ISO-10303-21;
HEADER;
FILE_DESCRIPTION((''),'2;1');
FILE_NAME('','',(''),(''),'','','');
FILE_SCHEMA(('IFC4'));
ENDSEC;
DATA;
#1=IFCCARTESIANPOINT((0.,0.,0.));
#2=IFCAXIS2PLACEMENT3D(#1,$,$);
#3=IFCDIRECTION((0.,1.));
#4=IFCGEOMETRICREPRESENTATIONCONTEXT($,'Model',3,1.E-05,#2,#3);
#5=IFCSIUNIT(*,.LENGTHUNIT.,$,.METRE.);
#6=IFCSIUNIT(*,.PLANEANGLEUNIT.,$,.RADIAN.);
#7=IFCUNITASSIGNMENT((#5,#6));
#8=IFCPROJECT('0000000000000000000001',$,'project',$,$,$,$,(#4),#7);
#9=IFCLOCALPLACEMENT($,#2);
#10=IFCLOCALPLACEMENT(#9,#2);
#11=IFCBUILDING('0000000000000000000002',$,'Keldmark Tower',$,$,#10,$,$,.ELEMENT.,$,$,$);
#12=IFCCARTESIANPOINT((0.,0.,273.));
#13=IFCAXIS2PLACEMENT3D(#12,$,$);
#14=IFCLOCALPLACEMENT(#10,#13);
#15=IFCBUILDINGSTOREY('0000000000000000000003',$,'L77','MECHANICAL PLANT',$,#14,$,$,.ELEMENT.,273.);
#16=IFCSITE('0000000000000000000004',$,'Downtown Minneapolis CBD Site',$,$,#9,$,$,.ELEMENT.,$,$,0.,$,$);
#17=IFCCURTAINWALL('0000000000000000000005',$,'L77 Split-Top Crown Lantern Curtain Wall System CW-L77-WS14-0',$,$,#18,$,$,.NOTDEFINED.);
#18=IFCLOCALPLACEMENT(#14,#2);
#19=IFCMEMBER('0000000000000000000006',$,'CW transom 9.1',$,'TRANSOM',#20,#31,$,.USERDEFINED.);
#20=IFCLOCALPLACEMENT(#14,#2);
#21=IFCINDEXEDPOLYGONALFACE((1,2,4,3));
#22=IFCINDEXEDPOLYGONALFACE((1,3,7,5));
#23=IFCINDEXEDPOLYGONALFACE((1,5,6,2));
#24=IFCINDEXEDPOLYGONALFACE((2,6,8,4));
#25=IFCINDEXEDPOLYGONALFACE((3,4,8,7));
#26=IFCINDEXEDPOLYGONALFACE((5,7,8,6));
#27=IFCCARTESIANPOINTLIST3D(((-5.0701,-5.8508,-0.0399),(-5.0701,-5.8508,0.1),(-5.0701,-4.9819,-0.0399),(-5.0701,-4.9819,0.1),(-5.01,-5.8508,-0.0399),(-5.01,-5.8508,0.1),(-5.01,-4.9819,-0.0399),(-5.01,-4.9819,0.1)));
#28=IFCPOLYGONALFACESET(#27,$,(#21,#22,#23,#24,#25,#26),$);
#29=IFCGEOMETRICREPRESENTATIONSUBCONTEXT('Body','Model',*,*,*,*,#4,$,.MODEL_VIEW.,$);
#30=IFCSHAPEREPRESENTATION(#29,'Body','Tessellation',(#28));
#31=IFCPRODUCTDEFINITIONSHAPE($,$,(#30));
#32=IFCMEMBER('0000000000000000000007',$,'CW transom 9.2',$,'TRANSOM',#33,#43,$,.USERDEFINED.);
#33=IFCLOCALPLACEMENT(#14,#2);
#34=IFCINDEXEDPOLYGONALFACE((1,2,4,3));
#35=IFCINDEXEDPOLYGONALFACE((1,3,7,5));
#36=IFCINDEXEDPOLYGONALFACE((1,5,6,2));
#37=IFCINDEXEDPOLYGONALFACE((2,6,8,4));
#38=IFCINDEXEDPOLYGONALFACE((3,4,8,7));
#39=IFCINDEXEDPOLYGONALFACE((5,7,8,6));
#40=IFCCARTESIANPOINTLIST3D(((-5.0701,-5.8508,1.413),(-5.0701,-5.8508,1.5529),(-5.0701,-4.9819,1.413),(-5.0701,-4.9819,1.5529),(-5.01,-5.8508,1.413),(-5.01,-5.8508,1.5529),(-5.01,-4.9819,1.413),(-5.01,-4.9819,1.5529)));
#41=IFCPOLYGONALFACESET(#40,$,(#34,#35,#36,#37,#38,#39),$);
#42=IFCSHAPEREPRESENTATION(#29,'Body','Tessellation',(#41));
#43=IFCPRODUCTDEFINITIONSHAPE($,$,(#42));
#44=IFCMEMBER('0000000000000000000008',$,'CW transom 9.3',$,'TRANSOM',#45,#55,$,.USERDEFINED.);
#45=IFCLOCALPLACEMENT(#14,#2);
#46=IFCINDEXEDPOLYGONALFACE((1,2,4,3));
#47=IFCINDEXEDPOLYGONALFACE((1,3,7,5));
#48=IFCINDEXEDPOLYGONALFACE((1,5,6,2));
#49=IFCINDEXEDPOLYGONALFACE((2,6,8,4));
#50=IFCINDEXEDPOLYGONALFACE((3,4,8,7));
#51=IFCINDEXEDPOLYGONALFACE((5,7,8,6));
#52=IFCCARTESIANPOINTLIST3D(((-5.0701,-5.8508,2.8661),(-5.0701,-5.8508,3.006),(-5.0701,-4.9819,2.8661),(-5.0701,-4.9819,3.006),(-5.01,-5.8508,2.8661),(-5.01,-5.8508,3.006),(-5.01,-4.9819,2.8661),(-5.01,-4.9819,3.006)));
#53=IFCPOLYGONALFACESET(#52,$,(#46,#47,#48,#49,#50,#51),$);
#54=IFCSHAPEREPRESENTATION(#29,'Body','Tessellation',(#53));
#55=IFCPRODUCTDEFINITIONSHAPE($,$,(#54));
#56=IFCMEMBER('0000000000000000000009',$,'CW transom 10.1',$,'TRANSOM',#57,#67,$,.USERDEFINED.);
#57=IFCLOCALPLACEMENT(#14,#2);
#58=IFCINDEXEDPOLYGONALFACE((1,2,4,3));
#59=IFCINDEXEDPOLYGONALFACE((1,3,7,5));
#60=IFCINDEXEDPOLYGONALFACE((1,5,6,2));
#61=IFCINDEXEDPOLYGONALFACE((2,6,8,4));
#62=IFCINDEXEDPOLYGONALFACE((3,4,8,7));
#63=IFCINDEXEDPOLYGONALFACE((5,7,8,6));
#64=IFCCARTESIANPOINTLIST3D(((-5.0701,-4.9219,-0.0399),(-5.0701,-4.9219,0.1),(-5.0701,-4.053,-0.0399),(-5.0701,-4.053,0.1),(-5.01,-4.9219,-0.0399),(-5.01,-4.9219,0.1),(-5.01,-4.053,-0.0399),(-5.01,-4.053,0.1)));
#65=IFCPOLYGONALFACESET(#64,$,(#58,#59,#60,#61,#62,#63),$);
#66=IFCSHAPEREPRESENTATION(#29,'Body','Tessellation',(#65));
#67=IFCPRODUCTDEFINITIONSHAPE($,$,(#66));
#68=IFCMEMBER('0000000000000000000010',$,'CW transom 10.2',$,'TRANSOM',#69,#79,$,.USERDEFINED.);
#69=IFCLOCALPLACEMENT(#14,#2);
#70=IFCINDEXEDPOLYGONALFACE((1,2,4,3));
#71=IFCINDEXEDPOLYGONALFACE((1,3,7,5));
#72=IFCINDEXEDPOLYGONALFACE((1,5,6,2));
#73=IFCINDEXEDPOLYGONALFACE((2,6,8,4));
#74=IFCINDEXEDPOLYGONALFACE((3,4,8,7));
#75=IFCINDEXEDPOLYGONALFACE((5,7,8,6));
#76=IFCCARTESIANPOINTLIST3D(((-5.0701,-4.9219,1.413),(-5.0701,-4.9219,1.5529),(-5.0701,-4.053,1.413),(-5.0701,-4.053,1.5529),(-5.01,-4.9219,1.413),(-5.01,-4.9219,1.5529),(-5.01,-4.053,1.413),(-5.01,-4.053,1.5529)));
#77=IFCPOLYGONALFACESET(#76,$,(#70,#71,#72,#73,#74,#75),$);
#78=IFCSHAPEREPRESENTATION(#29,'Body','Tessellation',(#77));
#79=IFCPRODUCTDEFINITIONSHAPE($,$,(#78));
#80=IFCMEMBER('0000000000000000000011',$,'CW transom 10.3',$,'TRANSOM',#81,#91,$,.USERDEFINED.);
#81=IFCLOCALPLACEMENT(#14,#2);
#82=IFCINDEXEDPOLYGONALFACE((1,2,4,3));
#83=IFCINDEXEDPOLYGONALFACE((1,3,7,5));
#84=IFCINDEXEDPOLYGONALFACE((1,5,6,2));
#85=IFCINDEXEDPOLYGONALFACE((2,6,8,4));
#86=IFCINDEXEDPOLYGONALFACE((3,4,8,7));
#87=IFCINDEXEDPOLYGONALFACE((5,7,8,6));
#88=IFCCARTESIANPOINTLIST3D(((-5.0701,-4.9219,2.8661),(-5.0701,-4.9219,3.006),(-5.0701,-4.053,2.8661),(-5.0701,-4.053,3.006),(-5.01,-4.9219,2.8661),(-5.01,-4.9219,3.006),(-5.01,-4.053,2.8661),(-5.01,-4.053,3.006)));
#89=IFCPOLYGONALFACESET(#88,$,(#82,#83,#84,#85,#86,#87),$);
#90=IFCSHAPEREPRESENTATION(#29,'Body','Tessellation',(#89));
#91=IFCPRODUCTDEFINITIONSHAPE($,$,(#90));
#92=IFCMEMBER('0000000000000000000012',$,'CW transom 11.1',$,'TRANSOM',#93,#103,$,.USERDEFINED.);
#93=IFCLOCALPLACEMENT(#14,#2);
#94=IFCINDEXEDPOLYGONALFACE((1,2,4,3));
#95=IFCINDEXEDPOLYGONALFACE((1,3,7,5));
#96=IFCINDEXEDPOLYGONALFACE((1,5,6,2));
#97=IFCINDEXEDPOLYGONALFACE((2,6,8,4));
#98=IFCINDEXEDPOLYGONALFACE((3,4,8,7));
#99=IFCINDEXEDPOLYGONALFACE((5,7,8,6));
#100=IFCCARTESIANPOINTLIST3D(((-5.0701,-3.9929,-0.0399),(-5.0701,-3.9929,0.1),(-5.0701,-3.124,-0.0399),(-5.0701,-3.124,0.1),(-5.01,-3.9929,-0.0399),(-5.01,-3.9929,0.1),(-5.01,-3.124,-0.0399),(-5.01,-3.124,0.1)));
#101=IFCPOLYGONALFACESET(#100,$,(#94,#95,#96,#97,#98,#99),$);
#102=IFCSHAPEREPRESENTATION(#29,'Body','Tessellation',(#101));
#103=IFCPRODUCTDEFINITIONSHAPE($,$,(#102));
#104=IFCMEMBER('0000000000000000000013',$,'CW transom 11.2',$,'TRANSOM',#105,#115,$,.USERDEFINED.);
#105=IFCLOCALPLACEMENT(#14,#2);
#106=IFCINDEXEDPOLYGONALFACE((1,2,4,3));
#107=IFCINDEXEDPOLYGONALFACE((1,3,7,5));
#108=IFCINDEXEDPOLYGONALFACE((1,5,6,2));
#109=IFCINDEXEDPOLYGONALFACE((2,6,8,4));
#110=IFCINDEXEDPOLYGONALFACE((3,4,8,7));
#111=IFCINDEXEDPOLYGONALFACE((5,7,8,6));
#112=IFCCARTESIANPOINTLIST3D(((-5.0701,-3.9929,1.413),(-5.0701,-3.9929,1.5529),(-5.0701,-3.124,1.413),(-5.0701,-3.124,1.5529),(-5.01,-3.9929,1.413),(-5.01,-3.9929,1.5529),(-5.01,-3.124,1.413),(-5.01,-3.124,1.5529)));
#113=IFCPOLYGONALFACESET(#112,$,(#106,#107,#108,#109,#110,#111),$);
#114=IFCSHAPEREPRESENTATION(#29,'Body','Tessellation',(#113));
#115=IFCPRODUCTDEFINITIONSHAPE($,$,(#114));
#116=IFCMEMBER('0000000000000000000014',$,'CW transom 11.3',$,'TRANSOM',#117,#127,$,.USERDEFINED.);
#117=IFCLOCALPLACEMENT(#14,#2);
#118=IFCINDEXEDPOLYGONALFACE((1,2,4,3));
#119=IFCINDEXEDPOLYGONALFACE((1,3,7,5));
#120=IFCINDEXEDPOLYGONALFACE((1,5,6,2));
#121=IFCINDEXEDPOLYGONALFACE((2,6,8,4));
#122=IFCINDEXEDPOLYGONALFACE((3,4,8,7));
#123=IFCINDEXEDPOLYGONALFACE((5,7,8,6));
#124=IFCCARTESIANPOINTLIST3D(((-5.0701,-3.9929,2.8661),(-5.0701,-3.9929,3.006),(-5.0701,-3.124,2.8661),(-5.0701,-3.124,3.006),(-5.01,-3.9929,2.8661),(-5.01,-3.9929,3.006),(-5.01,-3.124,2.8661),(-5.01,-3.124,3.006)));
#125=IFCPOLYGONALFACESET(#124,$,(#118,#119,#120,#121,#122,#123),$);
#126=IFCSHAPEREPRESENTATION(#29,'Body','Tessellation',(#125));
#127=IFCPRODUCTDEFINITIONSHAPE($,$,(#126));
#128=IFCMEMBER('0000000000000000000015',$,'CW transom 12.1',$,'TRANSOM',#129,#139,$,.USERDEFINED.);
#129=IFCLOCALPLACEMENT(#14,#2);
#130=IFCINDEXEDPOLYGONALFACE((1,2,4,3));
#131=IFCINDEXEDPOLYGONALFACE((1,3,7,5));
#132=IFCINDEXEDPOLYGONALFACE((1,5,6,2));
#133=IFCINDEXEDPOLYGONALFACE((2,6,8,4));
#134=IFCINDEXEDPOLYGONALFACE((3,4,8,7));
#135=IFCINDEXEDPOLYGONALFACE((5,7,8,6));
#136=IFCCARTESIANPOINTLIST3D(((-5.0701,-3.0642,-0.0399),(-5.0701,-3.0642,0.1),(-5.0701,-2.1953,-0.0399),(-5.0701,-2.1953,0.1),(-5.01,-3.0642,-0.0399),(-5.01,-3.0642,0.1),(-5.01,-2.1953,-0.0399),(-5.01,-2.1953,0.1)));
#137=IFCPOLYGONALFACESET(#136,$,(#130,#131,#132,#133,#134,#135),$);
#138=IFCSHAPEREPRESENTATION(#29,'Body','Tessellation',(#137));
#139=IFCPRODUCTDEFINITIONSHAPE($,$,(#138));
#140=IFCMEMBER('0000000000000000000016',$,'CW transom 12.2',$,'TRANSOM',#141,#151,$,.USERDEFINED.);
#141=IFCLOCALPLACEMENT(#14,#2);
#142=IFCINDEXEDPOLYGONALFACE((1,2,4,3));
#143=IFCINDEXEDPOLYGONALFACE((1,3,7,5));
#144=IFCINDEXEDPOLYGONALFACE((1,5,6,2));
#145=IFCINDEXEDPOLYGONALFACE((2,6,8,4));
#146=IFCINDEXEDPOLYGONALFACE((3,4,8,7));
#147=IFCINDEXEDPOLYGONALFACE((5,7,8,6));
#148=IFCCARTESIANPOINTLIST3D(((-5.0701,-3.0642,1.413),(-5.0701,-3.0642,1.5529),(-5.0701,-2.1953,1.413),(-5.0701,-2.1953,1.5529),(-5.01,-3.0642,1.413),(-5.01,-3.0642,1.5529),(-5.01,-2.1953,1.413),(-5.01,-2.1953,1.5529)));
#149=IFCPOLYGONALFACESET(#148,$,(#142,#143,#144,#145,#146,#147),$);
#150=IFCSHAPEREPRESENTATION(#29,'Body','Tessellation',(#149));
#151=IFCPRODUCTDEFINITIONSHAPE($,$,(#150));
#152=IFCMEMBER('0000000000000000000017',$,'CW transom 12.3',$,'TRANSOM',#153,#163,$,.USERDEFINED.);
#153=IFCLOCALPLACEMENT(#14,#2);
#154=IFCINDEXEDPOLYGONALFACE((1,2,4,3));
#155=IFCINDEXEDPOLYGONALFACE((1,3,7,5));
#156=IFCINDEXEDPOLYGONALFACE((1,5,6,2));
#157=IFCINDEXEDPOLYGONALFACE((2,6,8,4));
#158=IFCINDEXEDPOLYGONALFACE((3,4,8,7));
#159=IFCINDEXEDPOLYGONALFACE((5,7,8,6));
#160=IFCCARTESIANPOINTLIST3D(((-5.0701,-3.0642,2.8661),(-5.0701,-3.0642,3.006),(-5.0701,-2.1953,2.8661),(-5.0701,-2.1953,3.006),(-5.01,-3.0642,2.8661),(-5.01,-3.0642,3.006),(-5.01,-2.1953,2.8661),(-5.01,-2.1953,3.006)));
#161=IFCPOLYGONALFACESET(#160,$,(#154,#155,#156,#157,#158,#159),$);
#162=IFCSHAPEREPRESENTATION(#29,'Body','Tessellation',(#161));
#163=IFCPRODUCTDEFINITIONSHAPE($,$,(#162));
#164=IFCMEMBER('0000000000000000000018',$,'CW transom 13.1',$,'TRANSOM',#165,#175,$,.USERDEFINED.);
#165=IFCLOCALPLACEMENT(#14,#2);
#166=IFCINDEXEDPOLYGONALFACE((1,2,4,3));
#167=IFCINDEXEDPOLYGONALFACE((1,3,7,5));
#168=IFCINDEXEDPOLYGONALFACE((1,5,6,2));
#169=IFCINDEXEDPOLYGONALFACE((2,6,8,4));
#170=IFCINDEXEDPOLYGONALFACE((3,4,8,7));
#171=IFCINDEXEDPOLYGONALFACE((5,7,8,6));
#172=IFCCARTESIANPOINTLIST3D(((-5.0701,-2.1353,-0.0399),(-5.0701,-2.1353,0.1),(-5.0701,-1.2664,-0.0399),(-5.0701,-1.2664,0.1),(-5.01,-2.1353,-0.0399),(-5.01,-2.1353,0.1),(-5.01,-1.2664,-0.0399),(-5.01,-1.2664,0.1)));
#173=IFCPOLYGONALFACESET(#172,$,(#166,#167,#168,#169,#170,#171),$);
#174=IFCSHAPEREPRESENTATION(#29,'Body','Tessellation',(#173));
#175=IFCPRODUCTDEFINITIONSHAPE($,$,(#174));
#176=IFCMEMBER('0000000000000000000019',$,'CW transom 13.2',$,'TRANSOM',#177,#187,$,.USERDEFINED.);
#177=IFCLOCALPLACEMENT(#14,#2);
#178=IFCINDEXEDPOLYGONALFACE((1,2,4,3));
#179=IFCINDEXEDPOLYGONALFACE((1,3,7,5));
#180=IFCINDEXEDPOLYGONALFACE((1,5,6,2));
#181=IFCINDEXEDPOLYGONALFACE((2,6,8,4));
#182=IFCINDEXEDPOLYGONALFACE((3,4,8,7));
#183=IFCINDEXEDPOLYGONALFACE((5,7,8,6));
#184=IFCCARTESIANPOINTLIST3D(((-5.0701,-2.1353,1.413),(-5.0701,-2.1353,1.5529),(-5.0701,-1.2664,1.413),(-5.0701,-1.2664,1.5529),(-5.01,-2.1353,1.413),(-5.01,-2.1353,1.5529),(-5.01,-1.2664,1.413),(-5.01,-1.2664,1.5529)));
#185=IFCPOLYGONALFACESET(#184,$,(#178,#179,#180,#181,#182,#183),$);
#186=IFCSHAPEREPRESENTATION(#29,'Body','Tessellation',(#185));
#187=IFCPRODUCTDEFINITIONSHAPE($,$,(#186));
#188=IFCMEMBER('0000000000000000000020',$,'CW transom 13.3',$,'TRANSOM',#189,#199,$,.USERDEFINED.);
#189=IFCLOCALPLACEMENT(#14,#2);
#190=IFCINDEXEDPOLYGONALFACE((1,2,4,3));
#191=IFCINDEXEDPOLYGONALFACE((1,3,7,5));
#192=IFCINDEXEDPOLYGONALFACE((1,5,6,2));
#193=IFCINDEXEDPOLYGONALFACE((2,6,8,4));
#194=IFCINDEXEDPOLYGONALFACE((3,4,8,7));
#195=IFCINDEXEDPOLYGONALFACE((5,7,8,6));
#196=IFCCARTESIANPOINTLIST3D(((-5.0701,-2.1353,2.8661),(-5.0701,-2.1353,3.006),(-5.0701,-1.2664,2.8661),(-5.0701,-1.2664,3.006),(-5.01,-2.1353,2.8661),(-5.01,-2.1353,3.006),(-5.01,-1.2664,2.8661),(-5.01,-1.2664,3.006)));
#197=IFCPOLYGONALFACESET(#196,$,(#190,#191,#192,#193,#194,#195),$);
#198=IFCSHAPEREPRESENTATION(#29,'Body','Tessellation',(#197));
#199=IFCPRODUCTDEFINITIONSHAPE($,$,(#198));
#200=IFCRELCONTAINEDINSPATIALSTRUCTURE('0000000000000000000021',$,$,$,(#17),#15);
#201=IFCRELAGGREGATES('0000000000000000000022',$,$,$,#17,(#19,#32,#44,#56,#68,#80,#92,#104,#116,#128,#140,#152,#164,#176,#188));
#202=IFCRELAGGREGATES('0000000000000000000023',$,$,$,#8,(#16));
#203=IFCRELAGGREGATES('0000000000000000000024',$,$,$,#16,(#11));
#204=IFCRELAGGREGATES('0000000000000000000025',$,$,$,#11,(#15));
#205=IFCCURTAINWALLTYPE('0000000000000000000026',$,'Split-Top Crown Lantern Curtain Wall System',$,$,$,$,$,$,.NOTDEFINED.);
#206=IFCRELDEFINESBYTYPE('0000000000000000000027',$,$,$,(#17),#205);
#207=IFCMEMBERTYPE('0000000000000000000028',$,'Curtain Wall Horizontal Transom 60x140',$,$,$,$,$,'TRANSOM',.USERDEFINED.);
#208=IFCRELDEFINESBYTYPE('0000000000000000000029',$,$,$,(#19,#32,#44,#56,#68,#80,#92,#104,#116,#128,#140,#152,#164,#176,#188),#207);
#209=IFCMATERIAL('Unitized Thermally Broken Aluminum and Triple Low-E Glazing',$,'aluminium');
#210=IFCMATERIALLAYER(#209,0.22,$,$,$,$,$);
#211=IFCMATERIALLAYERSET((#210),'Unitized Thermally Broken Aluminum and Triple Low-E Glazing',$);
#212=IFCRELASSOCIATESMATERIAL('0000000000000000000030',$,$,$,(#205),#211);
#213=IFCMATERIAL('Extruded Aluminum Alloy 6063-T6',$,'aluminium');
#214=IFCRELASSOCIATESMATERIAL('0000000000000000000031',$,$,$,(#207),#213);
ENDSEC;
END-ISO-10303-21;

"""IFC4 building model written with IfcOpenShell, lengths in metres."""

from ifc_helpers import new_model, si_unit, direction, frame, origin, origin_2d, place, context, subcontext, project, spatial, rectangle, extrude, material, layer, layer_set, material_profile, profile_set, type_object, element, aggregate, save


model = new_model("IFC4")

# Units and contexts
model_context = context("Model", 3, precision=1e-05, world=origin(), true_north=direction((0.0, 1.0)))
body_context = subcontext(model_context, "Body", "Model", "MODEL_VIEW")
ifc_project = project(units=[si_unit("LENGTHUNIT", "METRE"), si_unit("PLANEANGLEUNIT", "RADIAN")], contexts=[model_context])

# Site, building, storey
site_placement = place(None, origin())
site = spatial("IfcSite", under=ifc_project, at=site_placement, Name="Downtown Minneapolis CBD Site", CompositionType="ELEMENT", RefElevation=0.0)
building_placement = place(site_placement, origin())
building = spatial("IfcBuilding", under=site, at=building_placement, Name="Keldmark Tower", CompositionType="ELEMENT")
storey_placement = place(building_placement, frame((0.0, 0.0, 273.0)))
storey = spatial("IfcBuildingStorey", under=building, at=storey_placement, Name="L77", Description="MECHANICAL PLANT", CompositionType="ELEMENT", Elevation=273.0)

# Curtain wall, members
ifc_material_1 = material(Name="Unitized Thermally Broken Aluminum and Triple Low-E Glazing", Category="aluminium")
ifc_layer_1 = layer(ifc_material_1, 0.22)
ifc_layer_set_1 = layer_set([ifc_layer_1], Name="Unitized Thermally Broken Aluminum and Triple Low-E Glazing")
curtain_wall_type = type_object("IfcCurtainWallType", Name="Split-Top Crown Lantern Curtain Wall System", PredefinedType="NOTDEFINED", material=ifc_layer_set_1)
curtain_wall_placement = place(storey_placement, origin())
curtain_wall = element("IfcCurtainWall", 1, at=curtain_wall_placement, inside=storey, type_object=curtain_wall_type, Name="L77 Split-Top Crown Lantern Curtain Wall System CW-L77-WS14-0", PredefinedType="NOTDEFINED")
ifc_material_2 = material(Name="Extruded Aluminum Alloy 6063-T6", Category="aluminium")
ifc_material_profile_1 = material_profile(ifc_material_2, rectangle(XDim=0.0601, YDim=0.1399, at=origin_2d()), Name="CWT60X140")
ifc_profile_set_1 = profile_set([ifc_material_profile_1], Name="Extruded Aluminum Alloy 6063-T6")
member_type_1 = type_object("IfcMemberType", Name="Curtain Wall Horizontal Transom 60x140", ElementType="TRANSOM", PredefinedType="USERDEFINED", material=ifc_profile_set_1)
member_1_placement = place(storey_placement, frame((-5.04, -5.8508, 0.03), z_axis=(0.0, 1.0, 0.0), x_axis=(-1.0, 0.0, 0.0)))
member_1 = element("IfcMember", 2, at=member_1_placement, type_object=member_type_1, Name="CW transom 9.1", ObjectType="TRANSOM", PredefinedType="USERDEFINED", context=body_context, shape_type="SweptSolid", body=[
    extrude(rectangle(XDim=0.0601, YDim=0.1399, at=origin_2d()), origin(), (0.0, 0.0, 1.0), 0.8689),
])
member_2_placement = place(storey_placement, frame((-5.04, -5.8508, 1.4829), z_axis=(0.0, 1.0, 0.0), x_axis=(-1.0, 0.0, 0.0)))
member_2 = element("IfcMember", 3, at=member_2_placement, type_object=member_type_1, Name="CW transom 9.2", ObjectType="TRANSOM", PredefinedType="USERDEFINED", context=body_context, shape_type="SweptSolid", body=[
    extrude(rectangle(XDim=0.0601, YDim=0.1399, at=origin_2d()), origin(), (0.0, 0.0, 1.0), 0.8689),
])
member_3_placement = place(storey_placement, frame((-5.04, -5.8508, 2.936), z_axis=(0.0, 1.0, 0.0), x_axis=(-1.0, 0.0, 0.0)))
member_3 = element("IfcMember", 4, at=member_3_placement, type_object=member_type_1, Name="CW transom 9.3", ObjectType="TRANSOM", PredefinedType="USERDEFINED", context=body_context, shape_type="SweptSolid", body=[
    extrude(rectangle(XDim=0.0601, YDim=0.1399, at=origin_2d()), origin(), (0.0, 0.0, 1.0), 0.8689),
])
member_4_placement = place(storey_placement, frame((-5.04, -4.9219, 0.03), z_axis=(0.0, 1.0, 0.0), x_axis=(-1.0, 0.0, 0.0)))
member_4 = element("IfcMember", 5, at=member_4_placement, type_object=member_type_1, Name="CW transom 10.1", ObjectType="TRANSOM", PredefinedType="USERDEFINED", context=body_context, shape_type="SweptSolid", body=[
    extrude(rectangle(XDim=0.0601, YDim=0.1399, at=origin_2d()), origin(), (0.0, 0.0, 1.0), 0.8689),
])
member_5_placement = place(storey_placement, frame((-5.04, -4.9219, 1.4829), z_axis=(0.0, 1.0, 0.0), x_axis=(-1.0, 0.0, 0.0)))
member_5 = element("IfcMember", 6, at=member_5_placement, type_object=member_type_1, Name="CW transom 10.2", ObjectType="TRANSOM", PredefinedType="USERDEFINED", context=body_context, shape_type="SweptSolid", body=[
    extrude(rectangle(XDim=0.0601, YDim=0.1399, at=origin_2d()), origin(), (0.0, 0.0, 1.0), 0.8689),
])
member_6_placement = place(storey_placement, frame((-5.04, -4.9219, 2.936), z_axis=(0.0, 1.0, 0.0), x_axis=(-1.0, 0.0, 0.0)))
member_6 = element("IfcMember", 7, at=member_6_placement, type_object=member_type_1, Name="CW transom 10.3", ObjectType="TRANSOM", PredefinedType="USERDEFINED", context=body_context, shape_type="SweptSolid", body=[
    extrude(rectangle(XDim=0.0601, YDim=0.1399, at=origin_2d()), origin(), (0.0, 0.0, 1.0), 0.8689),
])
member_7_placement = place(storey_placement, frame((-5.04, -3.9929, 0.03), z_axis=(0.0, 1.0, 0.0), x_axis=(-1.0, 0.0, 0.0)))
member_7 = element("IfcMember", 8, at=member_7_placement, type_object=member_type_1, Name="CW transom 11.1", ObjectType="TRANSOM", PredefinedType="USERDEFINED", context=body_context, shape_type="SweptSolid", body=[
    extrude(rectangle(XDim=0.0601, YDim=0.1399, at=origin_2d()), origin(), (0.0, 0.0, 1.0), 0.8689),
])
member_8_placement = place(storey_placement, frame((-5.04, -3.9929, 1.4829), z_axis=(0.0, 1.0, 0.0), x_axis=(-1.0, 0.0, 0.0)))
member_8 = element("IfcMember", 9, at=member_8_placement, type_object=member_type_1, Name="CW transom 11.2", ObjectType="TRANSOM", PredefinedType="USERDEFINED", context=body_context, shape_type="SweptSolid", body=[
    extrude(rectangle(XDim=0.0601, YDim=0.1399, at=origin_2d()), origin(), (0.0, 0.0, 1.0), 0.8689),
])
member_9_placement = place(storey_placement, frame((-5.04, -3.9929, 2.936), z_axis=(0.0, 1.0, 0.0), x_axis=(-1.0, 0.0, 0.0)))
member_9 = element("IfcMember", 10, at=member_9_placement, type_object=member_type_1, Name="CW transom 11.3", ObjectType="TRANSOM", PredefinedType="USERDEFINED", context=body_context, shape_type="SweptSolid", body=[
    extrude(rectangle(XDim=0.0601, YDim=0.1399, at=origin_2d()), origin(), (0.0, 0.0, 1.0), 0.8689),
])
member_10_placement = place(storey_placement, frame((-5.04, -3.0642, 0.03), z_axis=(0.0, 1.0, 0.0), x_axis=(-1.0, 0.0, 0.0)))
member_10 = element("IfcMember", 11, at=member_10_placement, type_object=member_type_1, Name="CW transom 12.1", ObjectType="TRANSOM", PredefinedType="USERDEFINED", context=body_context, shape_type="SweptSolid", body=[
    extrude(rectangle(XDim=0.0601, YDim=0.1399, at=origin_2d()), origin(), (0.0, 0.0, 1.0), 0.8689),
])
member_11_placement = place(storey_placement, frame((-5.04, -3.0642, 1.4829), z_axis=(0.0, 1.0, 0.0), x_axis=(-1.0, 0.0, 0.0)))
member_11 = element("IfcMember", 12, at=member_11_placement, type_object=member_type_1, Name="CW transom 12.2", ObjectType="TRANSOM", PredefinedType="USERDEFINED", context=body_context, shape_type="SweptSolid", body=[
    extrude(rectangle(XDim=0.0601, YDim=0.1399, at=origin_2d()), origin(), (0.0, 0.0, 1.0), 0.8689),
])
member_12_placement = place(storey_placement, frame((-5.04, -3.0642, 2.936), z_axis=(0.0, 1.0, 0.0), x_axis=(-1.0, 0.0, 0.0)))
member_12 = element("IfcMember", 13, at=member_12_placement, type_object=member_type_1, Name="CW transom 12.3", ObjectType="TRANSOM", PredefinedType="USERDEFINED", context=body_context, shape_type="SweptSolid", body=[
    extrude(rectangle(XDim=0.0601, YDim=0.1399, at=origin_2d()), origin(), (0.0, 0.0, 1.0), 0.8689),
])
member_13_placement = place(storey_placement, frame((-5.04, -2.1353, 0.03), z_axis=(0.0, 1.0, 0.0), x_axis=(-1.0, 0.0, 0.0)))
member_13 = element("IfcMember", 14, at=member_13_placement, type_object=member_type_1, Name="CW transom 13.1", ObjectType="TRANSOM", PredefinedType="USERDEFINED", context=body_context, shape_type="SweptSolid", body=[
    extrude(rectangle(XDim=0.0601, YDim=0.1399, at=origin_2d()), origin(), (0.0, 0.0, 1.0), 0.8689),
])
member_14_placement = place(storey_placement, frame((-5.04, -2.1353, 1.4829), z_axis=(0.0, 1.0, 0.0), x_axis=(-1.0, 0.0, 0.0)))
member_14 = element("IfcMember", 15, at=member_14_placement, type_object=member_type_1, Name="CW transom 13.2", ObjectType="TRANSOM", PredefinedType="USERDEFINED", context=body_context, shape_type="SweptSolid", body=[
    extrude(rectangle(XDim=0.0601, YDim=0.1399, at=origin_2d()), origin(), (0.0, 0.0, 1.0), 0.8689),
])
member_15_placement = place(storey_placement, frame((-5.04, -2.1353, 2.936), z_axis=(0.0, 1.0, 0.0), x_axis=(-1.0, 0.0, 0.0)))
member_15 = element("IfcMember", 16, at=member_15_placement, type_object=member_type_1, Name="CW transom 13.3", ObjectType="TRANSOM", PredefinedType="USERDEFINED", context=body_context, shape_type="SweptSolid", body=[
    extrude(rectangle(XDim=0.0601, YDim=0.1399, at=origin_2d()), origin(), (0.0, 0.0, 1.0), 0.8689),
])
aggregate(curtain_wall, [member_1, member_2, member_3, member_4, member_5, member_6, member_7, member_8, member_9, member_10, member_11, member_12, member_13, member_14, member_15])

save(model, "model.ifc")
